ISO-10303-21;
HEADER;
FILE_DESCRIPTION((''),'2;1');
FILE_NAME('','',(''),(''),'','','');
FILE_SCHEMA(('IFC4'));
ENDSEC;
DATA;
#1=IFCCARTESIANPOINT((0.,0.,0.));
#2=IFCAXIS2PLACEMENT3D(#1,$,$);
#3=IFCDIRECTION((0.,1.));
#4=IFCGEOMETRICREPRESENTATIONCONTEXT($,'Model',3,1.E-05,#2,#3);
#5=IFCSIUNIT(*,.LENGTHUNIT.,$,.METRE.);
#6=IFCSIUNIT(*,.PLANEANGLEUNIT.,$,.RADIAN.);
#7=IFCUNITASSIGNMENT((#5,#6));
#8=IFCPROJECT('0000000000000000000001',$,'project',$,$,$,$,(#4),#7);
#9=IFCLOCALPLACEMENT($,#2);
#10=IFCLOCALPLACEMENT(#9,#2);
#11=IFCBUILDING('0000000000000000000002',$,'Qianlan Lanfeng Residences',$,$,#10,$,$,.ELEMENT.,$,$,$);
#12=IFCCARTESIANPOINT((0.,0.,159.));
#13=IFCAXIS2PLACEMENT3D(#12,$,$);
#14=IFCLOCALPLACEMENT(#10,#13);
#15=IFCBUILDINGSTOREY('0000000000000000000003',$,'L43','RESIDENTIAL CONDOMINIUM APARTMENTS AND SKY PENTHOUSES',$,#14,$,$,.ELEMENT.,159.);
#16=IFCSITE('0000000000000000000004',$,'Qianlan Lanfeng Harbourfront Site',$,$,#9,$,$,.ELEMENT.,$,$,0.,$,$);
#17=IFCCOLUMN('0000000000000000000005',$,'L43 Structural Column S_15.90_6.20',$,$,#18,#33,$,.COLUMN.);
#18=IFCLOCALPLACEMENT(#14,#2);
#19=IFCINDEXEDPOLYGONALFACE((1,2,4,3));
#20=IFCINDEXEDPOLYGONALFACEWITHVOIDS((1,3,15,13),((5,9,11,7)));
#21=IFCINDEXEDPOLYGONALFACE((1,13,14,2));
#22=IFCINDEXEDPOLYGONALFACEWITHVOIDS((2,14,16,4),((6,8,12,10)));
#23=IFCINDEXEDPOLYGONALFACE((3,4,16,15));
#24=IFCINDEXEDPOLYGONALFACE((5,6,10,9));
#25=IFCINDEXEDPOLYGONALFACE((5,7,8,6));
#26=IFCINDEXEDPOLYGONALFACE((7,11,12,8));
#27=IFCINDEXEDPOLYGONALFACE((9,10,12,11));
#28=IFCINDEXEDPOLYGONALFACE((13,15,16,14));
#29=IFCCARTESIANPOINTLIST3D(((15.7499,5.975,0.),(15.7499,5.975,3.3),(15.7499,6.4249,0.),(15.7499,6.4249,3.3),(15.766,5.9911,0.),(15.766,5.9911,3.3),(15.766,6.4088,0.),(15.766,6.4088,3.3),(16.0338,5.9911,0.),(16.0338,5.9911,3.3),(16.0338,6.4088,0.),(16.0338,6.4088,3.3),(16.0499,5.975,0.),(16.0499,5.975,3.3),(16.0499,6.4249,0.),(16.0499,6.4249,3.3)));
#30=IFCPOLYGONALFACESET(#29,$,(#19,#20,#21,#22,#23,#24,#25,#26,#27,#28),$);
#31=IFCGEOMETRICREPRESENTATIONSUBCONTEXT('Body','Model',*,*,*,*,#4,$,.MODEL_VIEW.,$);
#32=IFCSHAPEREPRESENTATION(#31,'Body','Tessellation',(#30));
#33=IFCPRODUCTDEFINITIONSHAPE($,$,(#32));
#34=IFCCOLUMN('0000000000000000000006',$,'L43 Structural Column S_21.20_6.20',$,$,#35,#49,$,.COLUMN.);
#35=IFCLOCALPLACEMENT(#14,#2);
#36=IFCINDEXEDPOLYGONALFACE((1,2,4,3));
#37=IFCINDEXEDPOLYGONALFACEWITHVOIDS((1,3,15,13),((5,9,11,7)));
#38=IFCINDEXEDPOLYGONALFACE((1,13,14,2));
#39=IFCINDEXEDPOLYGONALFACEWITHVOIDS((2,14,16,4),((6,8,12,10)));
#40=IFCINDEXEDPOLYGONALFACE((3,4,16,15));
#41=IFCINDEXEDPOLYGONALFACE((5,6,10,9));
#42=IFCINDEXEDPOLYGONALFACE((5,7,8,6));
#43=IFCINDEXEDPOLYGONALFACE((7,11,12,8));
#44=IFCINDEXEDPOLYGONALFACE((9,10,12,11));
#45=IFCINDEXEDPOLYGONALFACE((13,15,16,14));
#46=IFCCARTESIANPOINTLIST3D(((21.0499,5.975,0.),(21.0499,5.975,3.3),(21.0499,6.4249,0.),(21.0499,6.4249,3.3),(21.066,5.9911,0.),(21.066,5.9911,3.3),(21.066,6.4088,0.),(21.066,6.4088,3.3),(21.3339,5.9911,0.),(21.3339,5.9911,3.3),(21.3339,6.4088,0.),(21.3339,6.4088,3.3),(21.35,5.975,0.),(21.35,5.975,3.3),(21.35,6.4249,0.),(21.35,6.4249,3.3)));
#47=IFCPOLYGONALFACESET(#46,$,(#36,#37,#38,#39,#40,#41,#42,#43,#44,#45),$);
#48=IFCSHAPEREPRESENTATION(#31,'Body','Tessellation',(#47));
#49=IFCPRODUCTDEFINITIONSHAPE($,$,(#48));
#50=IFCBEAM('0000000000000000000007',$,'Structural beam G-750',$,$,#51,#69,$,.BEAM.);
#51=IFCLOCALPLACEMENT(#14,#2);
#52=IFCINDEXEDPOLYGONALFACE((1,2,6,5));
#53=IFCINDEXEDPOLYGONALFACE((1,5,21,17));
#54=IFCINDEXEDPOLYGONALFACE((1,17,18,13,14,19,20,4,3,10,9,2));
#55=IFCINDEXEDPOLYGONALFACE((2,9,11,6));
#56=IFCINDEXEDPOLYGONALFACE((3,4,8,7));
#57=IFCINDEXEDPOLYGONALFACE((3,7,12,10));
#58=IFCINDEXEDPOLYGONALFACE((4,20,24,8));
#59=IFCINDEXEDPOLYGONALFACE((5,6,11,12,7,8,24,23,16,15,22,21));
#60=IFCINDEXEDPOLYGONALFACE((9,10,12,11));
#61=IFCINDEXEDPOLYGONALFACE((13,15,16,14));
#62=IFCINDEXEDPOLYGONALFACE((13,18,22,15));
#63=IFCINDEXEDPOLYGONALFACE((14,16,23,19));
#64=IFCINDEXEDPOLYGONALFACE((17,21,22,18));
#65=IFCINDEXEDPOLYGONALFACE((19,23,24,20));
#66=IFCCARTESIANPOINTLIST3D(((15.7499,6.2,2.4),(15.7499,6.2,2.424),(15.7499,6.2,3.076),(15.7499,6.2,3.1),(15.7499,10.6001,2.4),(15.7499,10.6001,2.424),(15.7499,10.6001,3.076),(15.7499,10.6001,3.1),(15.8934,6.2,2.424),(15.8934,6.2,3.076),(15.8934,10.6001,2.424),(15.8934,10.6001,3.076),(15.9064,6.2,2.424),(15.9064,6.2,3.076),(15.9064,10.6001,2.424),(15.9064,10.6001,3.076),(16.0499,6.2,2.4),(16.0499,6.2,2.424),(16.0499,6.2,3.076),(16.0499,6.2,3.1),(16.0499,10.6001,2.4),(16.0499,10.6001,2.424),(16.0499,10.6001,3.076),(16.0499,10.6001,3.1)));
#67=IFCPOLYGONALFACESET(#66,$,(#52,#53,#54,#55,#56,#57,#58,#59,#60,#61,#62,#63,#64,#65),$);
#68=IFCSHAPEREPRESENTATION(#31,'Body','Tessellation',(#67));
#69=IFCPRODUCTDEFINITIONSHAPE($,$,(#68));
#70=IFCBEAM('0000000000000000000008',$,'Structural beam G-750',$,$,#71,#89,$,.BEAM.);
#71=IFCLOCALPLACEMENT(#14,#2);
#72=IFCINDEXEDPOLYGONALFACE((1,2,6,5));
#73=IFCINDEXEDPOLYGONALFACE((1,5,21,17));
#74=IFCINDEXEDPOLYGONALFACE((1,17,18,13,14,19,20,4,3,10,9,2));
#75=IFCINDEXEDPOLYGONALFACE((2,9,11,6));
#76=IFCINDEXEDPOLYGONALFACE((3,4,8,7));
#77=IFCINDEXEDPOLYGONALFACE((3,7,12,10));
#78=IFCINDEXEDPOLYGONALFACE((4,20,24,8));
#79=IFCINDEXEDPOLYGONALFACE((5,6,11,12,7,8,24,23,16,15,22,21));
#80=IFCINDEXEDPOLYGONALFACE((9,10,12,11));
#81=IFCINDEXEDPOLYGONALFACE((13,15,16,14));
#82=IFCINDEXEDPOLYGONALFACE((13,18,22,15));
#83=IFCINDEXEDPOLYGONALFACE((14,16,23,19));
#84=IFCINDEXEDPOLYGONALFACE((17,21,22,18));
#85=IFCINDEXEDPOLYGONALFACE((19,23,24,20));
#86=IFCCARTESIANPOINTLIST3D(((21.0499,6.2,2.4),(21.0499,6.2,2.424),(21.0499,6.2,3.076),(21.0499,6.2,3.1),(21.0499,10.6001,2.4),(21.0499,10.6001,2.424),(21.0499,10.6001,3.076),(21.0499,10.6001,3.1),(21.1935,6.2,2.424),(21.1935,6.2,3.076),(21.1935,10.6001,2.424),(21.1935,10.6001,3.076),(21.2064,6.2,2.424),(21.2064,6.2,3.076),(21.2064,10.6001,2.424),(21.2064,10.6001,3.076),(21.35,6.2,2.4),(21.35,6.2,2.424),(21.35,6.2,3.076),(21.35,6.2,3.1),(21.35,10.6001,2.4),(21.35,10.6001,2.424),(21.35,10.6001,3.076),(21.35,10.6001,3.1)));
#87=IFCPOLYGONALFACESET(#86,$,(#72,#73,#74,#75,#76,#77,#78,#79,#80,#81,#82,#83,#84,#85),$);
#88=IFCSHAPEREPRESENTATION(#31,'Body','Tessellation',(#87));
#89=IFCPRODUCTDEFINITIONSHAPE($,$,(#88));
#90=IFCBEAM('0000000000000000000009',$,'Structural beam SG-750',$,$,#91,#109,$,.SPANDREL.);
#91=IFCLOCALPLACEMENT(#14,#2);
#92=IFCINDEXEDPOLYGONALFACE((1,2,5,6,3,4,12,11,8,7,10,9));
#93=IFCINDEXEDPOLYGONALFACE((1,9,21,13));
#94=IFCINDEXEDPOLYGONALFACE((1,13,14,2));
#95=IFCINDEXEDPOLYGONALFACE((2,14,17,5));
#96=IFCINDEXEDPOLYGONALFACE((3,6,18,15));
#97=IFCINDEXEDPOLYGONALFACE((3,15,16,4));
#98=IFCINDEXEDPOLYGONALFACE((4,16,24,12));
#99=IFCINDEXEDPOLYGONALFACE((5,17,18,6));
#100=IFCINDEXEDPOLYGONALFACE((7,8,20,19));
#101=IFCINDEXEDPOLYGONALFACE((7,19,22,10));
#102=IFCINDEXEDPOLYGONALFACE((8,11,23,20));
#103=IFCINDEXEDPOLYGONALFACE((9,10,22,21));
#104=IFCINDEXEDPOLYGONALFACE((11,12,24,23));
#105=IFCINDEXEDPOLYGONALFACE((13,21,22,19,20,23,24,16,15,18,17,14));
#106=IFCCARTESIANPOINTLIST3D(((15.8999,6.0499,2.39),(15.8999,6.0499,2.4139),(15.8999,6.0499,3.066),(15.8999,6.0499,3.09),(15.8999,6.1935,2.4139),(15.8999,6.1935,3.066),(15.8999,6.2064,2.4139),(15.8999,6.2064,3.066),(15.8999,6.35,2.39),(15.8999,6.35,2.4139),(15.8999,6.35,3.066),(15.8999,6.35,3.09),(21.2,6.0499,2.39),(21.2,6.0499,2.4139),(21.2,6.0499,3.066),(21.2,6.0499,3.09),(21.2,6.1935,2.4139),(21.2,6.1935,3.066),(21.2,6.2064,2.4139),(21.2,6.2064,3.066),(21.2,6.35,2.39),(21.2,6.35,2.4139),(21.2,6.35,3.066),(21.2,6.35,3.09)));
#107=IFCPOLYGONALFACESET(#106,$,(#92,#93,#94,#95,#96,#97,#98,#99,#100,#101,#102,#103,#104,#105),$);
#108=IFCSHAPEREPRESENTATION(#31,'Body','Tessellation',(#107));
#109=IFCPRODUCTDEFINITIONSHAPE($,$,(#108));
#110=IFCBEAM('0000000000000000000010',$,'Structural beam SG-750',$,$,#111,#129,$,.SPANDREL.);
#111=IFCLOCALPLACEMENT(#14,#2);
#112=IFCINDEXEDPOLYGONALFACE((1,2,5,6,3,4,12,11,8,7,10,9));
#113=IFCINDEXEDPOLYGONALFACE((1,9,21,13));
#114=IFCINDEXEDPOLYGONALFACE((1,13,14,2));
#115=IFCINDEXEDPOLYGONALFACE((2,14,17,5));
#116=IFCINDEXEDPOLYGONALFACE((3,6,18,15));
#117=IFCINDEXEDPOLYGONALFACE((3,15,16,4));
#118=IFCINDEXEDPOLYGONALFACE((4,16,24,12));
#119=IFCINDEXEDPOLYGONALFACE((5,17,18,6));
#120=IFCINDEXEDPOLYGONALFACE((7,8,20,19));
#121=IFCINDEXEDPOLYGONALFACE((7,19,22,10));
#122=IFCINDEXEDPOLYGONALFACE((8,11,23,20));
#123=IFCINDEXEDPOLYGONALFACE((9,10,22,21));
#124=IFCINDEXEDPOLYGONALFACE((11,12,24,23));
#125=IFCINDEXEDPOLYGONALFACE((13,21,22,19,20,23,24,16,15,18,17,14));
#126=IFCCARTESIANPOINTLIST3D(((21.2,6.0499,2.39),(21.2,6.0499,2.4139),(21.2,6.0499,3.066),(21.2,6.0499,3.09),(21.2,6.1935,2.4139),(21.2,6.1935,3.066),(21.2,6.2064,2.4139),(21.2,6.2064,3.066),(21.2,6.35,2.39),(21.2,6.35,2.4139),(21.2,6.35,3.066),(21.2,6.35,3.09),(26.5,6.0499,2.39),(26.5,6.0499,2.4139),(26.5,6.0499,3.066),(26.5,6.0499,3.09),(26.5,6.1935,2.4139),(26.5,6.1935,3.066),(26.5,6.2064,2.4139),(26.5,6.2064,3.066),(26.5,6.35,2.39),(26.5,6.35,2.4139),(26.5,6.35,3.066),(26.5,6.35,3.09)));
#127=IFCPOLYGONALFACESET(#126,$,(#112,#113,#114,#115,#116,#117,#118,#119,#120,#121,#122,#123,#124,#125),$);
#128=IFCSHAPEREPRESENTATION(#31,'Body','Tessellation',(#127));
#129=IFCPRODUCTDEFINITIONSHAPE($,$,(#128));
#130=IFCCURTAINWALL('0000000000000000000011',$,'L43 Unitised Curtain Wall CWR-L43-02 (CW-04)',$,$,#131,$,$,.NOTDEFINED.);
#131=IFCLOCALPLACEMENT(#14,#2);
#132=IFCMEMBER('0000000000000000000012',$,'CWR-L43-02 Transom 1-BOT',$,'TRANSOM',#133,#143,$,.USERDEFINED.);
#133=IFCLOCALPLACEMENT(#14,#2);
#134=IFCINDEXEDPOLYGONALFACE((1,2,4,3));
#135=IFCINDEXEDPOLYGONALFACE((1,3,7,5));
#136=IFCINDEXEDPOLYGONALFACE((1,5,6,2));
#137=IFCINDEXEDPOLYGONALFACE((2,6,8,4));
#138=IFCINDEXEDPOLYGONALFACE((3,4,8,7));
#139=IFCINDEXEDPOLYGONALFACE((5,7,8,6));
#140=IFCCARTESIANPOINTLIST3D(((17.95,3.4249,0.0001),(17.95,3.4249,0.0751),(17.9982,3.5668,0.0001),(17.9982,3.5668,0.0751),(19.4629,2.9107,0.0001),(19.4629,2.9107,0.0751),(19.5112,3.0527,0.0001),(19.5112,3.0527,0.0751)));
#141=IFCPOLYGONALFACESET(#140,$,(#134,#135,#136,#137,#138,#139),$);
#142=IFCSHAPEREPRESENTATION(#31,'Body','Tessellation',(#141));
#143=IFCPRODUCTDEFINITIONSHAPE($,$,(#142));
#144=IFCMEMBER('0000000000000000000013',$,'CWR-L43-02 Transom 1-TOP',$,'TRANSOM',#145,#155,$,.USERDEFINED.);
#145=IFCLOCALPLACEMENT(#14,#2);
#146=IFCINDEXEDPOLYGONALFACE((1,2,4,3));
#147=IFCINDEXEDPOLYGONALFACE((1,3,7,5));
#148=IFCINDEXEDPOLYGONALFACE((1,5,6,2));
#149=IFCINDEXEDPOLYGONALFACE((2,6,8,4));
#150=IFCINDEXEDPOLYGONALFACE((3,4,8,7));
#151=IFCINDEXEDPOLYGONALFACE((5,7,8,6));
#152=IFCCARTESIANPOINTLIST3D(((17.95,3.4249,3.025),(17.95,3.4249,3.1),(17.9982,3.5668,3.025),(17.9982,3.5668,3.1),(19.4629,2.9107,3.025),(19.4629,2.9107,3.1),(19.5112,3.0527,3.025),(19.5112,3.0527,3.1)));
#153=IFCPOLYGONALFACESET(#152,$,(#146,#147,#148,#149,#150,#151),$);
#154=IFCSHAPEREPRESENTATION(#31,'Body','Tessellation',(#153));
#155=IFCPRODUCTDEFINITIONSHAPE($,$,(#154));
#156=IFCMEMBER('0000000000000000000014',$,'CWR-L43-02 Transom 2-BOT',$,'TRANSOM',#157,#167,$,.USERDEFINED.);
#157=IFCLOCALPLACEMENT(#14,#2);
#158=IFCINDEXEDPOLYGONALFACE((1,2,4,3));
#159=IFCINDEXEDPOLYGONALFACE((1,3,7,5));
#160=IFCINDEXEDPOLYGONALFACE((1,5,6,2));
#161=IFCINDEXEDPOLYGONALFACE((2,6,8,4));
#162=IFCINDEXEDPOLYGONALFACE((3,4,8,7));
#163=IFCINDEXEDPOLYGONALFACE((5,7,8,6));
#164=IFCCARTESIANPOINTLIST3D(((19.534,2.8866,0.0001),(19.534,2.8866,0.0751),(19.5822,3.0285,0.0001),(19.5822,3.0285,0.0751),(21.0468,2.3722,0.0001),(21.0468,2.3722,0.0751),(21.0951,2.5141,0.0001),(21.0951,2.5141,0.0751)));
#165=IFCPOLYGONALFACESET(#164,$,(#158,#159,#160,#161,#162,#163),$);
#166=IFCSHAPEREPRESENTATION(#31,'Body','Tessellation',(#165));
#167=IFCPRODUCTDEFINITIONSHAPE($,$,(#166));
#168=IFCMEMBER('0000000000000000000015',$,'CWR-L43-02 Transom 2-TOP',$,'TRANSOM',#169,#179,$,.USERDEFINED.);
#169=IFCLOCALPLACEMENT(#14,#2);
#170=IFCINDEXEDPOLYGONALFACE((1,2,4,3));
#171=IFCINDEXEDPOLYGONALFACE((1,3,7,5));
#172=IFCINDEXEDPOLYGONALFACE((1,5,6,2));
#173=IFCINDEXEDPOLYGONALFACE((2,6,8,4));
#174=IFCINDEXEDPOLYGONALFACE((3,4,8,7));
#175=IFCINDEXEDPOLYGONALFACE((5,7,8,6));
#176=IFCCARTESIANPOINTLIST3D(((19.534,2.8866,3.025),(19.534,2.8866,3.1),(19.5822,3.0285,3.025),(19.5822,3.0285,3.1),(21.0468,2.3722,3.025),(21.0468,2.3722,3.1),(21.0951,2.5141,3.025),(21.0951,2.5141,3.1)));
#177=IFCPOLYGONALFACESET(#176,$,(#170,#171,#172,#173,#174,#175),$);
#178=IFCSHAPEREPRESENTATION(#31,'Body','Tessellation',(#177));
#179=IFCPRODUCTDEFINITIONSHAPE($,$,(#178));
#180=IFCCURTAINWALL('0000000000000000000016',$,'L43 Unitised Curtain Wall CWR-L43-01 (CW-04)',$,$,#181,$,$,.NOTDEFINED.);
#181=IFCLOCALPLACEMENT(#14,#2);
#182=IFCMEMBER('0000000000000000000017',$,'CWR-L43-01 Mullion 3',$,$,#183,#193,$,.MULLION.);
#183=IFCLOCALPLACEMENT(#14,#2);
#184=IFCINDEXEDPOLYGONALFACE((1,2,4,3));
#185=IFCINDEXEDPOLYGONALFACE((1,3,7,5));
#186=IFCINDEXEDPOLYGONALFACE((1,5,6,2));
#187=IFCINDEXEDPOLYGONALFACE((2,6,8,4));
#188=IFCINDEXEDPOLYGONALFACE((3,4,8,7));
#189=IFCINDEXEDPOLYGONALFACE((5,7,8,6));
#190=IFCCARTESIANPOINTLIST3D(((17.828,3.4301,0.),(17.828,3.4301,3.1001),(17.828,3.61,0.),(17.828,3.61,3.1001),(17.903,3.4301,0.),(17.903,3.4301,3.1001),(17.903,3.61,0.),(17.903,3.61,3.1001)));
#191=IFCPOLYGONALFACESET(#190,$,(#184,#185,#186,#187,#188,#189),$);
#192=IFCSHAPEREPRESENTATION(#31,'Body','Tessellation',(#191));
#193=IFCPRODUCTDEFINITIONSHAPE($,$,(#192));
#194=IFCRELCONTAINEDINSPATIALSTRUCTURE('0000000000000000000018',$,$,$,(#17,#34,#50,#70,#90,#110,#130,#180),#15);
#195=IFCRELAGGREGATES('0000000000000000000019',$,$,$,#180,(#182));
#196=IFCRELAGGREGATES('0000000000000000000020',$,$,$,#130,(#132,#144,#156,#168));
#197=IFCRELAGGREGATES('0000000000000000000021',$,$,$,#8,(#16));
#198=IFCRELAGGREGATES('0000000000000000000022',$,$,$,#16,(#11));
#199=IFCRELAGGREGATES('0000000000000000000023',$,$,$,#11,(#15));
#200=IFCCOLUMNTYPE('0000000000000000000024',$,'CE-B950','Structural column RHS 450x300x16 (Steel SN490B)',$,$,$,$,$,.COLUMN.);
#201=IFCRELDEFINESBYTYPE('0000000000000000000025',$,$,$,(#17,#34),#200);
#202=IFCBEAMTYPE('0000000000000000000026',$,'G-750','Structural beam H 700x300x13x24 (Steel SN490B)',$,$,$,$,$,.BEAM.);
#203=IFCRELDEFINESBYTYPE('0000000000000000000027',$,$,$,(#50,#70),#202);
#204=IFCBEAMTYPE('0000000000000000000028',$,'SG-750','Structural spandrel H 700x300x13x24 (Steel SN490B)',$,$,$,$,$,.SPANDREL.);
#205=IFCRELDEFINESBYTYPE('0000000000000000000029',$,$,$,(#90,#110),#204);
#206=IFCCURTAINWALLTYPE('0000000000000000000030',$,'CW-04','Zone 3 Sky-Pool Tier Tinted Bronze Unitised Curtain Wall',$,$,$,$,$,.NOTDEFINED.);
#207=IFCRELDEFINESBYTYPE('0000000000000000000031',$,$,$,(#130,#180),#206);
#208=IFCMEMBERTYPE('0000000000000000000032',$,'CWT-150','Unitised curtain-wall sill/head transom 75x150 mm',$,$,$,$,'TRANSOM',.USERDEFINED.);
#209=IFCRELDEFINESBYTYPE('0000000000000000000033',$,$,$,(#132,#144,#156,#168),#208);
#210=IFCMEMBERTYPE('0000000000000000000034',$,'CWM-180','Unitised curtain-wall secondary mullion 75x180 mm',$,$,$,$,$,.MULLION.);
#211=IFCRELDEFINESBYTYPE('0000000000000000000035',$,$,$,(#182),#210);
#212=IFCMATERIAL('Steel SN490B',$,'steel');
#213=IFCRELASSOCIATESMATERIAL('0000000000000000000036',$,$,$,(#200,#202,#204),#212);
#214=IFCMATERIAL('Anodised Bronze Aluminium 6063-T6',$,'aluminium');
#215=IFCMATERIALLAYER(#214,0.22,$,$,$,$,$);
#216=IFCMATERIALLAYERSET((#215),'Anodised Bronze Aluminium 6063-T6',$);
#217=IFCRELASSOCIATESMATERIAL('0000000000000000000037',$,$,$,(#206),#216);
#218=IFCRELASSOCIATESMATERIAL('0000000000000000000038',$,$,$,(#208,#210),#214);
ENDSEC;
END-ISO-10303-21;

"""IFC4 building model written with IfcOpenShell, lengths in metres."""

from ifc_helpers import new_model, si_unit, direction, frame, origin, origin_2d, place, context, subcontext, project, spatial, rectangle, hollow_rectangle, i_section, extrude, source, transform, mapped, material, layer, layer_set, material_profile, profile_set, type_object, element, aggregate, save


model = new_model("IFC4")

# Units and contexts
model_context = context("Model", 3, precision=1e-05, world=origin(), true_north=direction((0.0, 1.0)))
body_context = subcontext(model_context, "Body", "Model", "MODEL_VIEW")
ifc_project = project(units=[si_unit("LENGTHUNIT", "METRE"), si_unit("PLANEANGLEUNIT", "RADIAN")], contexts=[model_context])

# Site, building, storey
site_placement = place(None, origin())
site = spatial("IfcSite", under=ifc_project, at=site_placement, Name="Qianlan Lanfeng Harbourfront Site", CompositionType="ELEMENT", RefElevation=0.0)
building_placement = place(site_placement, origin())
building = spatial("IfcBuilding", under=site, at=building_placement, Name="Qianlan Lanfeng Residences", CompositionType="ELEMENT")
storey_placement = place(building_placement, frame((0.0, 0.0, 159.0)))
storey = spatial("IfcBuildingStorey", under=building, at=storey_placement, Name="L43", Description="RESIDENTIAL CONDOMINIUM APARTMENTS AND SKY PENTHOUSES", CompositionType="ELEMENT", Elevation=159.0)

# Columns
ifc_material_1 = material(Name="Steel SN490B", Category="steel")
ifc_material_profile_1 = material_profile(ifc_material_1, hollow_rectangle(XDim=0.3, YDim=0.45, WallThickness=0.0161, at=origin_2d()), Name="RHS 450x300x16")
ifc_profile_set_1 = profile_set([ifc_material_profile_1], Name="Steel SN490B")
column_type = type_object("IfcColumnType", Name="CE-B950", Description="Structural column RHS 450x300x16 (Steel SN490B)", PredefinedType="COLUMN", material=ifc_profile_set_1)
for number, where, z_axis, x_axis, name in (
    (1, (15.8999, 6.2, 0.0), (0.0, 0.0, 1.0), (1.0, 0.0, 0.0), "L43 Structural Column S_15.90_6.20"),
    (2, (21.2, 6.2, 0.0), (0.0, 0.0, 1.0), (1.0, 0.0, 0.0), "L43 Structural Column S_21.20_6.20"),
):
    element("IfcColumn", number, at=place(storey_placement, frame(where, z_axis=z_axis, x_axis=x_axis)), inside=storey, type_object=column_type, Name=name, PredefinedType="COLUMN", context=body_context, shape_type="SweptSolid", body=[
        extrude(hollow_rectangle(XDim=0.3, YDim=0.45, WallThickness=0.0161, at=origin_2d()), origin(), (0.0, 0.0, 1.0), 3.3),
    ])

# Beams
ifc_material_profile_2 = material_profile(ifc_material_1, i_section(OverallWidth=0.3, OverallDepth=0.7, WebThickness=0.0129, FlangeThickness=0.0239, at=origin_2d()), Name="H 700x300x13x24")
ifc_profile_set_2 = profile_set([ifc_material_profile_2], Name="Steel SN490B")
beam_type_1 = type_object("IfcBeamType", Name="G-750", Description="Structural beam H 700x300x13x24 (Steel SN490B)", PredefinedType="BEAM", material=ifc_profile_set_2)
for number, where, z_axis, x_axis, name in (
    (3, (15.8999, 6.2, 2.75), (0.0, 1.0, 0.0), (-1.0, 0.0, 0.0), "Structural beam G-750"),
    (4, (21.2, 6.2, 2.75), (0.0, 1.0, 0.0), (-1.0, 0.0, 0.0), "Structural beam G-750"),
):
    element("IfcBeam", number, at=place(storey_placement, frame(where, z_axis=z_axis, x_axis=x_axis)), inside=storey, type_object=beam_type_1, Name=name, PredefinedType="BEAM", context=body_context, shape_type="SweptSolid", body=[
        extrude(i_section(OverallWidth=0.3, OverallDepth=0.7, WebThickness=0.0129, FlangeThickness=0.0239, at=origin_2d()), origin(), (0.0, 0.0, 1.0), 4.4001),
    ])
ifc_material_profile_3 = material_profile(ifc_material_1, i_section(OverallWidth=0.3, OverallDepth=0.7, WebThickness=0.0129, FlangeThickness=0.0239, at=origin_2d()), Name="H 700x300x13x24")
ifc_profile_set_3 = profile_set([ifc_material_profile_3], Name="Steel SN490B")
beam_type_2 = type_object("IfcBeamType", Name="SG-750", Description="Structural spandrel H 700x300x13x24 (Steel SN490B)", PredefinedType="SPANDREL", material=ifc_profile_set_3)
for number, where, z_axis, x_axis, name in (
    (5, (15.8999, 6.2, 2.74), (1.0, 0.0, 0.0), (0.0, 1.0, 0.0), "Structural beam SG-750"),
    (6, (21.2, 6.2, 2.74), (1.0, 0.0, 0.0), (0.0, 1.0, 0.0), "Structural beam SG-750"),
):
    element("IfcBeam", number, at=place(storey_placement, frame(where, z_axis=z_axis, x_axis=x_axis)), inside=storey, type_object=beam_type_2, Name=name, PredefinedType="SPANDREL", context=body_context, shape_type="SweptSolid", body=[
        extrude(i_section(OverallWidth=0.3, OverallDepth=0.7, WebThickness=0.0129, FlangeThickness=0.0239, at=origin_2d()), origin(), (0.0, 0.0, 1.0), 5.3),
    ])

# Curtain wall, members
ifc_material_2 = material(Name="Anodised Bronze Aluminium 6063-T6", Category="aluminium")
ifc_layer_1 = layer(ifc_material_2, 0.22)
ifc_layer_set_1 = layer_set([ifc_layer_1], Name="Anodised Bronze Aluminium 6063-T6")
curtain_wall_type = type_object("IfcCurtainWallType", Name="CW-04", Description="Zone 3 Sky-Pool Tier Tinted Bronze Unitised Curtain Wall", PredefinedType="NOTDEFINED", material=ifc_layer_set_1)
curtain_wall_1_placement = place(storey_placement, origin())
curtain_wall_1 = element("IfcCurtainWall", 7, at=curtain_wall_1_placement, inside=storey, type_object=curtain_wall_type, Name="L43 Unitised Curtain Wall CWR-L43-02 (CW-04)", PredefinedType="NOTDEFINED")
ifc_material_profile_4 = material_profile(ifc_material_2, rectangle(XDim=0.075, YDim=0.1499, at=origin_2d()), Name="ALU TRANSOM 75x150")
ifc_profile_set_4 = profile_set([ifc_material_profile_4], Name="Anodised Bronze Aluminium 6063-T6")
member_type_1 = type_object("IfcMemberType", Name="CWT-150", Description="Unitised curtain-wall sill/head transom 75x150 mm", ElementType="TRANSOM", PredefinedType="USERDEFINED", material=ifc_profile_set_4)
shared_shape_1 = source(origin(), body_context, "Body", "SweptSolid", [
    extrude(rectangle(XDim=0.075, YDim=0.1499, at=origin_2d()), origin(), (0.0, 0.0, 1.0), 1.5979),
])
member_1_placement = place(storey_placement, frame((17.9741, 3.4958, 0.0376), z_axis=(0.946818, -0.321769, 0.0), x_axis=(0.0, 0.0, 1.0)))
member_1 = element("IfcMember", 8, at=member_1_placement, type_object=member_type_1, Name="CWR-L43-02 Transom 1-BOT", ObjectType="TRANSOM", PredefinedType="USERDEFINED", context=body_context, shape_type="MappedRepresentation", body=[
    mapped(shared_shape_1, transform((0.0, 0.0, 0.0), scale=1.0)),
])
member_2_placement = place(storey_placement, frame((17.9741, 3.4958, 3.0625), z_axis=(0.946818, -0.321769, 0.0), x_axis=(0.0, 0.0, 1.0)))
member_2 = element("IfcMember", 9, at=member_2_placement, type_object=member_type_1, Name="CWR-L43-02 Transom 1-TOP", ObjectType="TRANSOM", PredefinedType="USERDEFINED", context=body_context, shape_type="MappedRepresentation", body=[
    mapped(shared_shape_1, transform((0.0, 0.0, 0.0), scale=1.0)),
])
member_3_placement = place(storey_placement, frame((19.5581, 2.9575, 0.0376), z_axis=(0.946772, -0.321905, 0.0), x_axis=(0.0, 0.0, 1.0)))
member_3 = element("IfcMember", 10, at=member_3_placement, type_object=member_type_1, Name="CWR-L43-02 Transom 2-BOT", ObjectType="TRANSOM", PredefinedType="USERDEFINED", context=body_context, shape_type="MappedRepresentation", body=[
    mapped(shared_shape_1, transform((0.0, 0.0, 0.0), scale=1.0)),
])
member_4_placement = place(storey_placement, frame((19.5581, 2.9575, 3.0625), z_axis=(0.946772, -0.321905, 0.0), x_axis=(0.0, 0.0, 1.0)))
member_4 = element("IfcMember", 11, at=member_4_placement, type_object=member_type_1, Name="CWR-L43-02 Transom 2-TOP", ObjectType="TRANSOM", PredefinedType="USERDEFINED", context=body_context, shape_type="MappedRepresentation", body=[
    mapped(shared_shape_1, transform((0.0, 0.0, 0.0), scale=1.0)),
])

# Curtain wall, member
curtain_wall_2_placement = place(storey_placement, origin())
curtain_wall_2 = element("IfcCurtainWall", 12, at=curtain_wall_2_placement, inside=storey, type_object=curtain_wall_type, Name="L43 Unitised Curtain Wall CWR-L43-01 (CW-04)", PredefinedType="NOTDEFINED")
ifc_material_profile_5 = material_profile(ifc_material_2, rectangle(XDim=0.075, YDim=0.1799, at=origin_2d()), Name="ALU MULLION 75x180")
ifc_profile_set_5 = profile_set([ifc_material_profile_5], Name="Anodised Bronze Aluminium 6063-T6")
member_type_2 = type_object("IfcMemberType", Name="CWM-180", Description="Unitised curtain-wall secondary mullion 75x180 mm", PredefinedType="MULLION", material=ifc_profile_set_5)
shared_shape_2 = source(origin(), body_context, "Body", "SweptSolid", [
    extrude(rectangle(XDim=0.075, YDim=0.1799, at=origin_2d()), origin(), (0.0, 0.0, 1.0), 3.1001),
])
member_5_placement = place(storey_placement, frame((17.8655, 3.52, 0.0), z_axis=(0.0, 0.0, 1.0), x_axis=(1.0, 0.0, 0.0)))
member_5 = element("IfcMember", 13, at=member_5_placement, type_object=member_type_2, Name="CWR-L43-01 Mullion 3", PredefinedType="MULLION", context=body_context, shape_type="MappedRepresentation", body=[
    mapped(shared_shape_2, transform((0.0, 0.0, 0.0), scale=1.0)),
])

aggregate(curtain_wall_2, [member_5])
aggregate(curtain_wall_1, [member_1, member_2, member_3, member_4])

save(model, "model.ifc")
